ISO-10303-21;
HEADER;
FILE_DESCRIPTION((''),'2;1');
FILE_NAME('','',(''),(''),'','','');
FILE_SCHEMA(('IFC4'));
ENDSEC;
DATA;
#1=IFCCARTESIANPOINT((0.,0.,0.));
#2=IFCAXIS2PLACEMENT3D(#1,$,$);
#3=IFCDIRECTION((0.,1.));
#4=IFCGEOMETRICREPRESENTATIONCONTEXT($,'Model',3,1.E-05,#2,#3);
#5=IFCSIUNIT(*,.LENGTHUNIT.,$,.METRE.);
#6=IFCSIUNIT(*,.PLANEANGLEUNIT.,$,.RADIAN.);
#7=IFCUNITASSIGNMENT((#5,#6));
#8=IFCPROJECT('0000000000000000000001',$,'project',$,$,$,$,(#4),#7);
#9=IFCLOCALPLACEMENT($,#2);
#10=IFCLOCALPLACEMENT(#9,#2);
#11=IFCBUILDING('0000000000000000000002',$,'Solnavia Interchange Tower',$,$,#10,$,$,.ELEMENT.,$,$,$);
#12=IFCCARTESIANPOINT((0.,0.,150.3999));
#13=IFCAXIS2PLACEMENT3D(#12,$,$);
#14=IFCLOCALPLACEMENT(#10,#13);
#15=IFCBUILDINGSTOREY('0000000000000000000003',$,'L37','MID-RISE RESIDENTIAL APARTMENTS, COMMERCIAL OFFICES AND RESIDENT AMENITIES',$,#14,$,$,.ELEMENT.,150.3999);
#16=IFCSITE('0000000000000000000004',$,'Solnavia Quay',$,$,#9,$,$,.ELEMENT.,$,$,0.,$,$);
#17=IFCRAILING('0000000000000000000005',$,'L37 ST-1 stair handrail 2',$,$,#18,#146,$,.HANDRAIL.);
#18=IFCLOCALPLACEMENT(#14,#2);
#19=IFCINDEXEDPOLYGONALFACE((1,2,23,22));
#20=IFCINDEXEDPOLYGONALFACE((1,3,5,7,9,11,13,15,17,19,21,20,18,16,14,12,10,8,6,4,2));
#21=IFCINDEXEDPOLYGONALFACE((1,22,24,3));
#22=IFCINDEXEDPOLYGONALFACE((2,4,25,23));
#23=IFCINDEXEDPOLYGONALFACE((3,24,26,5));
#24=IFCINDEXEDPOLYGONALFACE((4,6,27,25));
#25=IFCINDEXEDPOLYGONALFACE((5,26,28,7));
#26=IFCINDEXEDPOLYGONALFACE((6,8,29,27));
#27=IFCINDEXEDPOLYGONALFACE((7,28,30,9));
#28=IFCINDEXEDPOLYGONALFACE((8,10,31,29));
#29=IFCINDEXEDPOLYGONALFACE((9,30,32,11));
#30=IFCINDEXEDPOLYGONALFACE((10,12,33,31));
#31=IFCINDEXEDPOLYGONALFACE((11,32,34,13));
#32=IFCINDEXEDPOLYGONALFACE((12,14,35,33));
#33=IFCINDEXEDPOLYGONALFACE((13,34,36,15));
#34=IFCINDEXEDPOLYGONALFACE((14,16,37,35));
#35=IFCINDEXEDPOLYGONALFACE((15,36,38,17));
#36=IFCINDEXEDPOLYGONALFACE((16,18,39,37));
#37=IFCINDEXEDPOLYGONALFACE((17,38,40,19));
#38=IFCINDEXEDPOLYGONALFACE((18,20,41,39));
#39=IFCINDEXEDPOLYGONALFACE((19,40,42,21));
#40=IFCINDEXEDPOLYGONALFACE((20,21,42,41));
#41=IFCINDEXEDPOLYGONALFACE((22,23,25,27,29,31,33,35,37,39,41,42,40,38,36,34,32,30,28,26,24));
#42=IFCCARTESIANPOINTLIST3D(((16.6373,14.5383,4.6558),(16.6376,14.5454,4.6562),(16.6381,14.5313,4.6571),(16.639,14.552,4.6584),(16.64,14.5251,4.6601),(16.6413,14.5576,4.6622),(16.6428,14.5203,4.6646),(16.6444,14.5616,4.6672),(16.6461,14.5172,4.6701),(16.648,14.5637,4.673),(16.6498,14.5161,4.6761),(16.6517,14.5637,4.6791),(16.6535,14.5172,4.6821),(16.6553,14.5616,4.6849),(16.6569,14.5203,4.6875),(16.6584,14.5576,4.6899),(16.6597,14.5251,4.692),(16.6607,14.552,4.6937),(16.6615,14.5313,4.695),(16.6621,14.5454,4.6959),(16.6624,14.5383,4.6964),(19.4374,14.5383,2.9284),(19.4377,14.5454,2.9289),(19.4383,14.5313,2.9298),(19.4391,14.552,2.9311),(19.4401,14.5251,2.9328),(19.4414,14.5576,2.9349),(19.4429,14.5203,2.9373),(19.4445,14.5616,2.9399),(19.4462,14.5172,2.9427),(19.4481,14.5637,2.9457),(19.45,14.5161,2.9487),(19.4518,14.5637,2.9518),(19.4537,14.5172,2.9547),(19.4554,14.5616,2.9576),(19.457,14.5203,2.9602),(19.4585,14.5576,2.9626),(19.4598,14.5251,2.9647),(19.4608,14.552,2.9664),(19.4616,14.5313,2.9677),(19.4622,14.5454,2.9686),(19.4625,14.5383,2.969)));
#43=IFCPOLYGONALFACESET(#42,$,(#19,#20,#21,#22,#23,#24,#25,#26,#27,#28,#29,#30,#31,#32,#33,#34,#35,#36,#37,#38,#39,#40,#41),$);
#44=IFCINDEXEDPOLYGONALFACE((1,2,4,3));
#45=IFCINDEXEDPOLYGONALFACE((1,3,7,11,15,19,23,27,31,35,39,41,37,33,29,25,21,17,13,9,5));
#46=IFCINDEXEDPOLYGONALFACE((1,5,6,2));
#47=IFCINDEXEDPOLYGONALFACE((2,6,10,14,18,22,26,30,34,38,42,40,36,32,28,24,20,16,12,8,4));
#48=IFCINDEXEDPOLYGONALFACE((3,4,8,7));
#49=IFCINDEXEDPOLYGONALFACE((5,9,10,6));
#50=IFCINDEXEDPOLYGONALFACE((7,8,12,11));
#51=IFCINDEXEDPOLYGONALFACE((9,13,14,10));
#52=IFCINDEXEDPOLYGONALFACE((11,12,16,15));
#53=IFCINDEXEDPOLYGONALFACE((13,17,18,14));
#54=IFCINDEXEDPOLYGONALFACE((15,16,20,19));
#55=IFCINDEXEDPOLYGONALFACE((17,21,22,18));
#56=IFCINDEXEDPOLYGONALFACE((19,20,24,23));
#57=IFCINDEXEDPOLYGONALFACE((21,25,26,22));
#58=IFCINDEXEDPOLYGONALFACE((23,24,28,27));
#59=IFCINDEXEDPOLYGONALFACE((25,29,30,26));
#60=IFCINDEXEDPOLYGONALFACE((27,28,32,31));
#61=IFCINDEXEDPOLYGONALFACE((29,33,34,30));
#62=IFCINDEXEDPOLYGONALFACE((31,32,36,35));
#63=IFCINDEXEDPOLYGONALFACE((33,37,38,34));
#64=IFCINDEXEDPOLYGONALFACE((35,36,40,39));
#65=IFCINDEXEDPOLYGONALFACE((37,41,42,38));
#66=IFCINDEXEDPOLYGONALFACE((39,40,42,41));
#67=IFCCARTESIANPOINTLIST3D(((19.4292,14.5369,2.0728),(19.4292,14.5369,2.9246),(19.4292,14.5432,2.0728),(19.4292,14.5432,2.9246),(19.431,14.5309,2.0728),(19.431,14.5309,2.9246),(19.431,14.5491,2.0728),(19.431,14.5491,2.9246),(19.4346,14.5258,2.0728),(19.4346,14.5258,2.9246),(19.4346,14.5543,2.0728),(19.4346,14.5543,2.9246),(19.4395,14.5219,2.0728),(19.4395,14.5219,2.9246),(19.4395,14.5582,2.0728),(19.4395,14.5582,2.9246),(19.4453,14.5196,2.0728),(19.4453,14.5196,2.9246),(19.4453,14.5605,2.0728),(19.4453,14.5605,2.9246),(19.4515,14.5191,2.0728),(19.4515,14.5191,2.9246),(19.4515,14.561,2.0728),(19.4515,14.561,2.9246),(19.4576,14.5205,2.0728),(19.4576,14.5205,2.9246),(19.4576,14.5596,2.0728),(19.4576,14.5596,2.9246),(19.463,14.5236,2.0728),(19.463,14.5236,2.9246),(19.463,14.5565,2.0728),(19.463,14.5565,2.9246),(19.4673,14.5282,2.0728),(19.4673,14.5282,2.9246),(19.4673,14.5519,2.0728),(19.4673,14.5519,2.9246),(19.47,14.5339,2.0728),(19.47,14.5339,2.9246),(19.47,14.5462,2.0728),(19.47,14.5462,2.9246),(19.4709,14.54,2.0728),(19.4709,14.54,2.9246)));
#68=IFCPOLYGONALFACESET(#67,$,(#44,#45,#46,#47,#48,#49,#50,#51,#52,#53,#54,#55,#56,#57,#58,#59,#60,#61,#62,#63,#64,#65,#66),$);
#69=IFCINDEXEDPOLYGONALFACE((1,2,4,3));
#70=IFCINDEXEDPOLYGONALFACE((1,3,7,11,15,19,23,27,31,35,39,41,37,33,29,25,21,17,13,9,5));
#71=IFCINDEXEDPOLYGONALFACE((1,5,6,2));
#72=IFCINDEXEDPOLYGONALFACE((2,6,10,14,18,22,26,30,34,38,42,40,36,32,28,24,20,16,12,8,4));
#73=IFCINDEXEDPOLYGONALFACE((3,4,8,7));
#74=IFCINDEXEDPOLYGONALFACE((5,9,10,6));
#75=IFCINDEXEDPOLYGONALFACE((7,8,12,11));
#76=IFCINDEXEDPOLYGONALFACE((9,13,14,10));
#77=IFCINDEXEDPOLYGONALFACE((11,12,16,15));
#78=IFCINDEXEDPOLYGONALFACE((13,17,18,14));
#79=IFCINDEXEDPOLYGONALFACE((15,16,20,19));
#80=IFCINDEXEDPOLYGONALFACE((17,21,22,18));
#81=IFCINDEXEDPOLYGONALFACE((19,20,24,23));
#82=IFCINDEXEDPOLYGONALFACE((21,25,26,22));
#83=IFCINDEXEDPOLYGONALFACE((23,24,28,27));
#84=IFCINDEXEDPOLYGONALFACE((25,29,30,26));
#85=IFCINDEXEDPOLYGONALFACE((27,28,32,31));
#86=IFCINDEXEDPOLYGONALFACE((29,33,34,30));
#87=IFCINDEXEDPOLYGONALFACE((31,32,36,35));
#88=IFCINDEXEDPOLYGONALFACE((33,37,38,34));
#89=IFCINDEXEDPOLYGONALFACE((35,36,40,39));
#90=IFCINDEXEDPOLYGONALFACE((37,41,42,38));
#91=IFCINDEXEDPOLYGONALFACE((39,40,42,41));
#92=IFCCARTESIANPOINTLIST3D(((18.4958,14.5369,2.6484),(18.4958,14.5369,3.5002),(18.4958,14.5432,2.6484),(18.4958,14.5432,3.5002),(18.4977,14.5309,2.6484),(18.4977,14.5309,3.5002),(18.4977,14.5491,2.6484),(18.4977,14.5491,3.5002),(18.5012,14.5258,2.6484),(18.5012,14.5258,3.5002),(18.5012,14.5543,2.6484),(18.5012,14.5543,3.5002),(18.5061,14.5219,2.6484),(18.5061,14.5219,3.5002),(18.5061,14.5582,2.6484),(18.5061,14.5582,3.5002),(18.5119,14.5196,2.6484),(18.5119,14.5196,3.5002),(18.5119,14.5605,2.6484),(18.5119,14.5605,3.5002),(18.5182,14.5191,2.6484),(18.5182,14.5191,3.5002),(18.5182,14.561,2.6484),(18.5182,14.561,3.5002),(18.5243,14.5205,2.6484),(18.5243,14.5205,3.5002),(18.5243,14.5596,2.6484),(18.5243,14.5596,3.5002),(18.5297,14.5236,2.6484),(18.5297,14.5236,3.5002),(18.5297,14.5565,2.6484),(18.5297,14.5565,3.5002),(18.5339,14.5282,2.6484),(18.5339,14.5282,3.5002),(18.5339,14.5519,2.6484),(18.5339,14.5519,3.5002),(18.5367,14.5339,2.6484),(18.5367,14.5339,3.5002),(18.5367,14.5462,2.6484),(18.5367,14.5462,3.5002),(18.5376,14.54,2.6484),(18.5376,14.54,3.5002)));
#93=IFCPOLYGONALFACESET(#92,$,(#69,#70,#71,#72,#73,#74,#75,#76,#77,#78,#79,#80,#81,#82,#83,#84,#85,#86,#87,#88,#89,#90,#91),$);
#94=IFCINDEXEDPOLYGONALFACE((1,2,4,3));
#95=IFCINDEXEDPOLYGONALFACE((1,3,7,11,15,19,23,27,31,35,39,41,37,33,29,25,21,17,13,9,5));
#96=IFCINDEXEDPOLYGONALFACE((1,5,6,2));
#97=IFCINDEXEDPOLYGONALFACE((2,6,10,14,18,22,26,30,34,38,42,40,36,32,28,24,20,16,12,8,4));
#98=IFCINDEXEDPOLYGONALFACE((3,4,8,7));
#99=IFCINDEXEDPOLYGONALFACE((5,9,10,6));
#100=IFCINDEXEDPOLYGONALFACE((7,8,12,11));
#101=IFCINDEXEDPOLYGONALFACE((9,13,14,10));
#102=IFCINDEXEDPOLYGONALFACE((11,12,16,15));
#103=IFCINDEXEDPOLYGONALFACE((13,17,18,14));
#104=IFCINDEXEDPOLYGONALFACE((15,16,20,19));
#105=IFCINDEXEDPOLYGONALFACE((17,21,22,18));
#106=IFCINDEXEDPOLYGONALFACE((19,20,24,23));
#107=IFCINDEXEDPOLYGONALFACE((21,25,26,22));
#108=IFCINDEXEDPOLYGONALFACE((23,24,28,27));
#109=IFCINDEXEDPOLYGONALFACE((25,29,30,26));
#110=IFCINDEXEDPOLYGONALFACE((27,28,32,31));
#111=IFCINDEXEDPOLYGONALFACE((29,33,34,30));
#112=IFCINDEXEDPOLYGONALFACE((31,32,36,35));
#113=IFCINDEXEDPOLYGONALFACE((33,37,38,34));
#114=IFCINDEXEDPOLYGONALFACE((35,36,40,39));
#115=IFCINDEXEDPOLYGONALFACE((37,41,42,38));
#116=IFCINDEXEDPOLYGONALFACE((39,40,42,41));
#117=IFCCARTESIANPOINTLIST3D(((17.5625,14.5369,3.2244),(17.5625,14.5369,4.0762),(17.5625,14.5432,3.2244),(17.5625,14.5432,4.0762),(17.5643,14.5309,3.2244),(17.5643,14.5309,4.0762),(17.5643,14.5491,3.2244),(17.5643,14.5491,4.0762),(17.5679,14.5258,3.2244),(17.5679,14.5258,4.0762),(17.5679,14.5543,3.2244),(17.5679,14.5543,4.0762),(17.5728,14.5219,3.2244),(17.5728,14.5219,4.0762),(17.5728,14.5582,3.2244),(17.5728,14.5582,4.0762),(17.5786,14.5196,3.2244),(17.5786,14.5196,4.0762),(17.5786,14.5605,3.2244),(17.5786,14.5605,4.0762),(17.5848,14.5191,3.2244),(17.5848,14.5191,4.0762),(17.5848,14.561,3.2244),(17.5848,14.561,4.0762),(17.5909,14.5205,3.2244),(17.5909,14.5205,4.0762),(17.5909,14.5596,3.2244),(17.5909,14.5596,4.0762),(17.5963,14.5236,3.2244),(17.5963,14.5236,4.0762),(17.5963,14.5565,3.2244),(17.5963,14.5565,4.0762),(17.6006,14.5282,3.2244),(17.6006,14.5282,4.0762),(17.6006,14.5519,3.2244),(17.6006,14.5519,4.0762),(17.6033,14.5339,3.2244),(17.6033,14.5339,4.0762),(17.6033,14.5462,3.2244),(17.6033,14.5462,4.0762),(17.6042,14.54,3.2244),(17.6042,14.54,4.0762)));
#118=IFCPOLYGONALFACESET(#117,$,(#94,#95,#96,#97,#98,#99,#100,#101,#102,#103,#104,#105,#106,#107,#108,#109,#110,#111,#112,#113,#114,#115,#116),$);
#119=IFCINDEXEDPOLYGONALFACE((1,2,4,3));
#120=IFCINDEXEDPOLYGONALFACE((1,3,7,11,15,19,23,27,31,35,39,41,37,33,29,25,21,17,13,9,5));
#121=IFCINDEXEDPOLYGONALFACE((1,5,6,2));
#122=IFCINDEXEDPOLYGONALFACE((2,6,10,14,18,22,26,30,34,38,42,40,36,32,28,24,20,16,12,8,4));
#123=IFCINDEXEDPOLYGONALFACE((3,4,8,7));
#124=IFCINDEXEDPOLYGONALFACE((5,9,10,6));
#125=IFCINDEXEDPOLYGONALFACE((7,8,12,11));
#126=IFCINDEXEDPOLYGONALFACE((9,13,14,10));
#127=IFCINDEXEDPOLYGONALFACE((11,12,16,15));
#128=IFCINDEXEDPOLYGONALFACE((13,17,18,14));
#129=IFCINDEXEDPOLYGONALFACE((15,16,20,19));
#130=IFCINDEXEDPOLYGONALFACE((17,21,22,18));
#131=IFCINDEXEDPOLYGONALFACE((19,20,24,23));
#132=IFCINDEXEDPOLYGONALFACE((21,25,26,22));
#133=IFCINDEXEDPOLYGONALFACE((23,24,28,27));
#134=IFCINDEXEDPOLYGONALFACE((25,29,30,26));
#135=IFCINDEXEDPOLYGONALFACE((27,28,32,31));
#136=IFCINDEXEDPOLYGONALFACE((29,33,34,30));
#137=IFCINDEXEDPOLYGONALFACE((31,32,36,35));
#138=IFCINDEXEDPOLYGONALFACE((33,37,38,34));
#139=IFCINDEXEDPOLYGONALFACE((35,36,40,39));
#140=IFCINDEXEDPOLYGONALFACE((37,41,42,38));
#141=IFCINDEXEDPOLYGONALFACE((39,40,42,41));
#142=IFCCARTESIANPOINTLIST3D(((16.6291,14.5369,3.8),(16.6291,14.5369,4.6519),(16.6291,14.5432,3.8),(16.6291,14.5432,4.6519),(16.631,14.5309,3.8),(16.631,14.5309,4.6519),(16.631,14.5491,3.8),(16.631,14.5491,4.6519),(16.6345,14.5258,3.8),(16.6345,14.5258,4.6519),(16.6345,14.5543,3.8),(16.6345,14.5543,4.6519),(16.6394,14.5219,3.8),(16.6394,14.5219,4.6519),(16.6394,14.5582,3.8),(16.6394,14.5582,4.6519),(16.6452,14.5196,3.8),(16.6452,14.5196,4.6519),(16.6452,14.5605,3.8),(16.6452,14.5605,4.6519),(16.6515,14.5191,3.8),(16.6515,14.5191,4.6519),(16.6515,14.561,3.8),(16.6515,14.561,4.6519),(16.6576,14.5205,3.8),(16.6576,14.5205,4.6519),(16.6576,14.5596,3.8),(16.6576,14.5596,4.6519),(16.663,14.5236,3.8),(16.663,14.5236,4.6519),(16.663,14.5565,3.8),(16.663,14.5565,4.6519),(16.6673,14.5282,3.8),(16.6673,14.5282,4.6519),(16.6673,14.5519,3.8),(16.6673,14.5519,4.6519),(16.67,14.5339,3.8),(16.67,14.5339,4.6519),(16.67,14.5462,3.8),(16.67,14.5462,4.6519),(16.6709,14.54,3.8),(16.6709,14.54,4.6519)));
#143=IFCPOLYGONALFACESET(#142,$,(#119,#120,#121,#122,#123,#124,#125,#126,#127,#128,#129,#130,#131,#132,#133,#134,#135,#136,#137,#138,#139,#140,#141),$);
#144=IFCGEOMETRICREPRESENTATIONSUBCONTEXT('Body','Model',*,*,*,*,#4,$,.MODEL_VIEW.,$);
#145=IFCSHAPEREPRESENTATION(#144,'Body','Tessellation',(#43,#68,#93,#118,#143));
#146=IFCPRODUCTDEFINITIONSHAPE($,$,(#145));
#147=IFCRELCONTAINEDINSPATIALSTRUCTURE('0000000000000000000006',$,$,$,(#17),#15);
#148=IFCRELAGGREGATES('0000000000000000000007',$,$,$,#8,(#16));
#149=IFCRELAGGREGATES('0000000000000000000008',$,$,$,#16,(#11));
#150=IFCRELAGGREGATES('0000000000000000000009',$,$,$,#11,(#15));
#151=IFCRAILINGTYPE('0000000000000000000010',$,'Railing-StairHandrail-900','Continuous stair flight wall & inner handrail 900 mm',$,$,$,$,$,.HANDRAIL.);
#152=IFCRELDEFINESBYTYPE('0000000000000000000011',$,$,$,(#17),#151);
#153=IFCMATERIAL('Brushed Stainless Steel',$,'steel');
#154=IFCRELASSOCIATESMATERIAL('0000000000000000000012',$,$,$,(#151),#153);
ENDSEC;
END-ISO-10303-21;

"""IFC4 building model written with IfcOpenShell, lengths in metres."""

from ifc_helpers import new_model, si_unit, direction, frame, origin, origin_2d, place, context, subcontext, project, spatial, circle, extrude, material, type_object, element, save


model = new_model("IFC4")

# Units and contexts
model_context = context("Model", 3, precision=1e-05, world=origin(), true_north=direction((0.0, 1.0)))
body_context = subcontext(model_context, "Body", "Model", "MODEL_VIEW")
ifc_project = project(units=[si_unit("LENGTHUNIT", "METRE"), si_unit("PLANEANGLEUNIT", "RADIAN")], contexts=[model_context])

# Site, building, storey
site_placement = place(None, origin())
site = spatial("IfcSite", under=ifc_project, at=site_placement, Name="Solnavia Quay", CompositionType="ELEMENT", RefElevation=0.0)
building_placement = place(site_placement, origin())
building = spatial("IfcBuilding", under=site, at=building_placement, Name="Solnavia Interchange Tower", CompositionType="ELEMENT")
storey_placement = place(building_placement, frame((0.0, 0.0, 150.3999)))
storey = spatial("IfcBuildingStorey", under=building, at=storey_placement, Name="L37", Description="MID-RISE RESIDENTIAL APARTMENTS, COMMERCIAL OFFICES AND RESIDENT AMENITIES", CompositionType="ELEMENT", Elevation=150.3999)

# Railing
ifc_material_1 = material(Name="Brushed Stainless Steel", Category="steel")
railing_type_1 = type_object("IfcRailingType", Name="Railing-StairHandrail-900", Description="Continuous stair flight wall & inner handrail 900 mm", PredefinedType="HANDRAIL", material=ifc_material_1)
railing_1_placement = place(storey_placement, frame((19.45, 14.54, 2.0728)))
element("IfcRailing", 1, at=railing_1_placement, inside=storey, type_object=railing_type_1, Name="L37 ST-1 stair handrail 2", PredefinedType="HANDRAIL", context=body_context, shape_type="SweptSolid", body=[
    extrude(circle(Radius=0.0239, at=origin_2d()), frame((0.0, 0.0, 0.876), z_axis=(-0.85109, 0.0, 0.52502), x_axis=(0.0, -1.0, 0.0)), (0.0, 0.0, 1.0), 3.29),
    extrude(circle(Radius=0.021, at=origin_2d()), origin(), (0.0, 0.0, 1.0), 0.8518),
    extrude(circle(Radius=0.021, at=origin_2d()), frame((-0.9333, 0.0, 0.5757)), (0.0, 0.0, 1.0), 0.8518),
    extrude(circle(Radius=0.021, at=origin_2d()), frame((-1.8667, 0.0, 1.1516)), (0.0, 0.0, 1.0), 0.8518),
    extrude(circle(Radius=0.021, at=origin_2d()), frame((-2.8, 0.0, 1.7273)), (0.0, 0.0, 1.0), 0.8518),
])

save(model, "model.ifc")
